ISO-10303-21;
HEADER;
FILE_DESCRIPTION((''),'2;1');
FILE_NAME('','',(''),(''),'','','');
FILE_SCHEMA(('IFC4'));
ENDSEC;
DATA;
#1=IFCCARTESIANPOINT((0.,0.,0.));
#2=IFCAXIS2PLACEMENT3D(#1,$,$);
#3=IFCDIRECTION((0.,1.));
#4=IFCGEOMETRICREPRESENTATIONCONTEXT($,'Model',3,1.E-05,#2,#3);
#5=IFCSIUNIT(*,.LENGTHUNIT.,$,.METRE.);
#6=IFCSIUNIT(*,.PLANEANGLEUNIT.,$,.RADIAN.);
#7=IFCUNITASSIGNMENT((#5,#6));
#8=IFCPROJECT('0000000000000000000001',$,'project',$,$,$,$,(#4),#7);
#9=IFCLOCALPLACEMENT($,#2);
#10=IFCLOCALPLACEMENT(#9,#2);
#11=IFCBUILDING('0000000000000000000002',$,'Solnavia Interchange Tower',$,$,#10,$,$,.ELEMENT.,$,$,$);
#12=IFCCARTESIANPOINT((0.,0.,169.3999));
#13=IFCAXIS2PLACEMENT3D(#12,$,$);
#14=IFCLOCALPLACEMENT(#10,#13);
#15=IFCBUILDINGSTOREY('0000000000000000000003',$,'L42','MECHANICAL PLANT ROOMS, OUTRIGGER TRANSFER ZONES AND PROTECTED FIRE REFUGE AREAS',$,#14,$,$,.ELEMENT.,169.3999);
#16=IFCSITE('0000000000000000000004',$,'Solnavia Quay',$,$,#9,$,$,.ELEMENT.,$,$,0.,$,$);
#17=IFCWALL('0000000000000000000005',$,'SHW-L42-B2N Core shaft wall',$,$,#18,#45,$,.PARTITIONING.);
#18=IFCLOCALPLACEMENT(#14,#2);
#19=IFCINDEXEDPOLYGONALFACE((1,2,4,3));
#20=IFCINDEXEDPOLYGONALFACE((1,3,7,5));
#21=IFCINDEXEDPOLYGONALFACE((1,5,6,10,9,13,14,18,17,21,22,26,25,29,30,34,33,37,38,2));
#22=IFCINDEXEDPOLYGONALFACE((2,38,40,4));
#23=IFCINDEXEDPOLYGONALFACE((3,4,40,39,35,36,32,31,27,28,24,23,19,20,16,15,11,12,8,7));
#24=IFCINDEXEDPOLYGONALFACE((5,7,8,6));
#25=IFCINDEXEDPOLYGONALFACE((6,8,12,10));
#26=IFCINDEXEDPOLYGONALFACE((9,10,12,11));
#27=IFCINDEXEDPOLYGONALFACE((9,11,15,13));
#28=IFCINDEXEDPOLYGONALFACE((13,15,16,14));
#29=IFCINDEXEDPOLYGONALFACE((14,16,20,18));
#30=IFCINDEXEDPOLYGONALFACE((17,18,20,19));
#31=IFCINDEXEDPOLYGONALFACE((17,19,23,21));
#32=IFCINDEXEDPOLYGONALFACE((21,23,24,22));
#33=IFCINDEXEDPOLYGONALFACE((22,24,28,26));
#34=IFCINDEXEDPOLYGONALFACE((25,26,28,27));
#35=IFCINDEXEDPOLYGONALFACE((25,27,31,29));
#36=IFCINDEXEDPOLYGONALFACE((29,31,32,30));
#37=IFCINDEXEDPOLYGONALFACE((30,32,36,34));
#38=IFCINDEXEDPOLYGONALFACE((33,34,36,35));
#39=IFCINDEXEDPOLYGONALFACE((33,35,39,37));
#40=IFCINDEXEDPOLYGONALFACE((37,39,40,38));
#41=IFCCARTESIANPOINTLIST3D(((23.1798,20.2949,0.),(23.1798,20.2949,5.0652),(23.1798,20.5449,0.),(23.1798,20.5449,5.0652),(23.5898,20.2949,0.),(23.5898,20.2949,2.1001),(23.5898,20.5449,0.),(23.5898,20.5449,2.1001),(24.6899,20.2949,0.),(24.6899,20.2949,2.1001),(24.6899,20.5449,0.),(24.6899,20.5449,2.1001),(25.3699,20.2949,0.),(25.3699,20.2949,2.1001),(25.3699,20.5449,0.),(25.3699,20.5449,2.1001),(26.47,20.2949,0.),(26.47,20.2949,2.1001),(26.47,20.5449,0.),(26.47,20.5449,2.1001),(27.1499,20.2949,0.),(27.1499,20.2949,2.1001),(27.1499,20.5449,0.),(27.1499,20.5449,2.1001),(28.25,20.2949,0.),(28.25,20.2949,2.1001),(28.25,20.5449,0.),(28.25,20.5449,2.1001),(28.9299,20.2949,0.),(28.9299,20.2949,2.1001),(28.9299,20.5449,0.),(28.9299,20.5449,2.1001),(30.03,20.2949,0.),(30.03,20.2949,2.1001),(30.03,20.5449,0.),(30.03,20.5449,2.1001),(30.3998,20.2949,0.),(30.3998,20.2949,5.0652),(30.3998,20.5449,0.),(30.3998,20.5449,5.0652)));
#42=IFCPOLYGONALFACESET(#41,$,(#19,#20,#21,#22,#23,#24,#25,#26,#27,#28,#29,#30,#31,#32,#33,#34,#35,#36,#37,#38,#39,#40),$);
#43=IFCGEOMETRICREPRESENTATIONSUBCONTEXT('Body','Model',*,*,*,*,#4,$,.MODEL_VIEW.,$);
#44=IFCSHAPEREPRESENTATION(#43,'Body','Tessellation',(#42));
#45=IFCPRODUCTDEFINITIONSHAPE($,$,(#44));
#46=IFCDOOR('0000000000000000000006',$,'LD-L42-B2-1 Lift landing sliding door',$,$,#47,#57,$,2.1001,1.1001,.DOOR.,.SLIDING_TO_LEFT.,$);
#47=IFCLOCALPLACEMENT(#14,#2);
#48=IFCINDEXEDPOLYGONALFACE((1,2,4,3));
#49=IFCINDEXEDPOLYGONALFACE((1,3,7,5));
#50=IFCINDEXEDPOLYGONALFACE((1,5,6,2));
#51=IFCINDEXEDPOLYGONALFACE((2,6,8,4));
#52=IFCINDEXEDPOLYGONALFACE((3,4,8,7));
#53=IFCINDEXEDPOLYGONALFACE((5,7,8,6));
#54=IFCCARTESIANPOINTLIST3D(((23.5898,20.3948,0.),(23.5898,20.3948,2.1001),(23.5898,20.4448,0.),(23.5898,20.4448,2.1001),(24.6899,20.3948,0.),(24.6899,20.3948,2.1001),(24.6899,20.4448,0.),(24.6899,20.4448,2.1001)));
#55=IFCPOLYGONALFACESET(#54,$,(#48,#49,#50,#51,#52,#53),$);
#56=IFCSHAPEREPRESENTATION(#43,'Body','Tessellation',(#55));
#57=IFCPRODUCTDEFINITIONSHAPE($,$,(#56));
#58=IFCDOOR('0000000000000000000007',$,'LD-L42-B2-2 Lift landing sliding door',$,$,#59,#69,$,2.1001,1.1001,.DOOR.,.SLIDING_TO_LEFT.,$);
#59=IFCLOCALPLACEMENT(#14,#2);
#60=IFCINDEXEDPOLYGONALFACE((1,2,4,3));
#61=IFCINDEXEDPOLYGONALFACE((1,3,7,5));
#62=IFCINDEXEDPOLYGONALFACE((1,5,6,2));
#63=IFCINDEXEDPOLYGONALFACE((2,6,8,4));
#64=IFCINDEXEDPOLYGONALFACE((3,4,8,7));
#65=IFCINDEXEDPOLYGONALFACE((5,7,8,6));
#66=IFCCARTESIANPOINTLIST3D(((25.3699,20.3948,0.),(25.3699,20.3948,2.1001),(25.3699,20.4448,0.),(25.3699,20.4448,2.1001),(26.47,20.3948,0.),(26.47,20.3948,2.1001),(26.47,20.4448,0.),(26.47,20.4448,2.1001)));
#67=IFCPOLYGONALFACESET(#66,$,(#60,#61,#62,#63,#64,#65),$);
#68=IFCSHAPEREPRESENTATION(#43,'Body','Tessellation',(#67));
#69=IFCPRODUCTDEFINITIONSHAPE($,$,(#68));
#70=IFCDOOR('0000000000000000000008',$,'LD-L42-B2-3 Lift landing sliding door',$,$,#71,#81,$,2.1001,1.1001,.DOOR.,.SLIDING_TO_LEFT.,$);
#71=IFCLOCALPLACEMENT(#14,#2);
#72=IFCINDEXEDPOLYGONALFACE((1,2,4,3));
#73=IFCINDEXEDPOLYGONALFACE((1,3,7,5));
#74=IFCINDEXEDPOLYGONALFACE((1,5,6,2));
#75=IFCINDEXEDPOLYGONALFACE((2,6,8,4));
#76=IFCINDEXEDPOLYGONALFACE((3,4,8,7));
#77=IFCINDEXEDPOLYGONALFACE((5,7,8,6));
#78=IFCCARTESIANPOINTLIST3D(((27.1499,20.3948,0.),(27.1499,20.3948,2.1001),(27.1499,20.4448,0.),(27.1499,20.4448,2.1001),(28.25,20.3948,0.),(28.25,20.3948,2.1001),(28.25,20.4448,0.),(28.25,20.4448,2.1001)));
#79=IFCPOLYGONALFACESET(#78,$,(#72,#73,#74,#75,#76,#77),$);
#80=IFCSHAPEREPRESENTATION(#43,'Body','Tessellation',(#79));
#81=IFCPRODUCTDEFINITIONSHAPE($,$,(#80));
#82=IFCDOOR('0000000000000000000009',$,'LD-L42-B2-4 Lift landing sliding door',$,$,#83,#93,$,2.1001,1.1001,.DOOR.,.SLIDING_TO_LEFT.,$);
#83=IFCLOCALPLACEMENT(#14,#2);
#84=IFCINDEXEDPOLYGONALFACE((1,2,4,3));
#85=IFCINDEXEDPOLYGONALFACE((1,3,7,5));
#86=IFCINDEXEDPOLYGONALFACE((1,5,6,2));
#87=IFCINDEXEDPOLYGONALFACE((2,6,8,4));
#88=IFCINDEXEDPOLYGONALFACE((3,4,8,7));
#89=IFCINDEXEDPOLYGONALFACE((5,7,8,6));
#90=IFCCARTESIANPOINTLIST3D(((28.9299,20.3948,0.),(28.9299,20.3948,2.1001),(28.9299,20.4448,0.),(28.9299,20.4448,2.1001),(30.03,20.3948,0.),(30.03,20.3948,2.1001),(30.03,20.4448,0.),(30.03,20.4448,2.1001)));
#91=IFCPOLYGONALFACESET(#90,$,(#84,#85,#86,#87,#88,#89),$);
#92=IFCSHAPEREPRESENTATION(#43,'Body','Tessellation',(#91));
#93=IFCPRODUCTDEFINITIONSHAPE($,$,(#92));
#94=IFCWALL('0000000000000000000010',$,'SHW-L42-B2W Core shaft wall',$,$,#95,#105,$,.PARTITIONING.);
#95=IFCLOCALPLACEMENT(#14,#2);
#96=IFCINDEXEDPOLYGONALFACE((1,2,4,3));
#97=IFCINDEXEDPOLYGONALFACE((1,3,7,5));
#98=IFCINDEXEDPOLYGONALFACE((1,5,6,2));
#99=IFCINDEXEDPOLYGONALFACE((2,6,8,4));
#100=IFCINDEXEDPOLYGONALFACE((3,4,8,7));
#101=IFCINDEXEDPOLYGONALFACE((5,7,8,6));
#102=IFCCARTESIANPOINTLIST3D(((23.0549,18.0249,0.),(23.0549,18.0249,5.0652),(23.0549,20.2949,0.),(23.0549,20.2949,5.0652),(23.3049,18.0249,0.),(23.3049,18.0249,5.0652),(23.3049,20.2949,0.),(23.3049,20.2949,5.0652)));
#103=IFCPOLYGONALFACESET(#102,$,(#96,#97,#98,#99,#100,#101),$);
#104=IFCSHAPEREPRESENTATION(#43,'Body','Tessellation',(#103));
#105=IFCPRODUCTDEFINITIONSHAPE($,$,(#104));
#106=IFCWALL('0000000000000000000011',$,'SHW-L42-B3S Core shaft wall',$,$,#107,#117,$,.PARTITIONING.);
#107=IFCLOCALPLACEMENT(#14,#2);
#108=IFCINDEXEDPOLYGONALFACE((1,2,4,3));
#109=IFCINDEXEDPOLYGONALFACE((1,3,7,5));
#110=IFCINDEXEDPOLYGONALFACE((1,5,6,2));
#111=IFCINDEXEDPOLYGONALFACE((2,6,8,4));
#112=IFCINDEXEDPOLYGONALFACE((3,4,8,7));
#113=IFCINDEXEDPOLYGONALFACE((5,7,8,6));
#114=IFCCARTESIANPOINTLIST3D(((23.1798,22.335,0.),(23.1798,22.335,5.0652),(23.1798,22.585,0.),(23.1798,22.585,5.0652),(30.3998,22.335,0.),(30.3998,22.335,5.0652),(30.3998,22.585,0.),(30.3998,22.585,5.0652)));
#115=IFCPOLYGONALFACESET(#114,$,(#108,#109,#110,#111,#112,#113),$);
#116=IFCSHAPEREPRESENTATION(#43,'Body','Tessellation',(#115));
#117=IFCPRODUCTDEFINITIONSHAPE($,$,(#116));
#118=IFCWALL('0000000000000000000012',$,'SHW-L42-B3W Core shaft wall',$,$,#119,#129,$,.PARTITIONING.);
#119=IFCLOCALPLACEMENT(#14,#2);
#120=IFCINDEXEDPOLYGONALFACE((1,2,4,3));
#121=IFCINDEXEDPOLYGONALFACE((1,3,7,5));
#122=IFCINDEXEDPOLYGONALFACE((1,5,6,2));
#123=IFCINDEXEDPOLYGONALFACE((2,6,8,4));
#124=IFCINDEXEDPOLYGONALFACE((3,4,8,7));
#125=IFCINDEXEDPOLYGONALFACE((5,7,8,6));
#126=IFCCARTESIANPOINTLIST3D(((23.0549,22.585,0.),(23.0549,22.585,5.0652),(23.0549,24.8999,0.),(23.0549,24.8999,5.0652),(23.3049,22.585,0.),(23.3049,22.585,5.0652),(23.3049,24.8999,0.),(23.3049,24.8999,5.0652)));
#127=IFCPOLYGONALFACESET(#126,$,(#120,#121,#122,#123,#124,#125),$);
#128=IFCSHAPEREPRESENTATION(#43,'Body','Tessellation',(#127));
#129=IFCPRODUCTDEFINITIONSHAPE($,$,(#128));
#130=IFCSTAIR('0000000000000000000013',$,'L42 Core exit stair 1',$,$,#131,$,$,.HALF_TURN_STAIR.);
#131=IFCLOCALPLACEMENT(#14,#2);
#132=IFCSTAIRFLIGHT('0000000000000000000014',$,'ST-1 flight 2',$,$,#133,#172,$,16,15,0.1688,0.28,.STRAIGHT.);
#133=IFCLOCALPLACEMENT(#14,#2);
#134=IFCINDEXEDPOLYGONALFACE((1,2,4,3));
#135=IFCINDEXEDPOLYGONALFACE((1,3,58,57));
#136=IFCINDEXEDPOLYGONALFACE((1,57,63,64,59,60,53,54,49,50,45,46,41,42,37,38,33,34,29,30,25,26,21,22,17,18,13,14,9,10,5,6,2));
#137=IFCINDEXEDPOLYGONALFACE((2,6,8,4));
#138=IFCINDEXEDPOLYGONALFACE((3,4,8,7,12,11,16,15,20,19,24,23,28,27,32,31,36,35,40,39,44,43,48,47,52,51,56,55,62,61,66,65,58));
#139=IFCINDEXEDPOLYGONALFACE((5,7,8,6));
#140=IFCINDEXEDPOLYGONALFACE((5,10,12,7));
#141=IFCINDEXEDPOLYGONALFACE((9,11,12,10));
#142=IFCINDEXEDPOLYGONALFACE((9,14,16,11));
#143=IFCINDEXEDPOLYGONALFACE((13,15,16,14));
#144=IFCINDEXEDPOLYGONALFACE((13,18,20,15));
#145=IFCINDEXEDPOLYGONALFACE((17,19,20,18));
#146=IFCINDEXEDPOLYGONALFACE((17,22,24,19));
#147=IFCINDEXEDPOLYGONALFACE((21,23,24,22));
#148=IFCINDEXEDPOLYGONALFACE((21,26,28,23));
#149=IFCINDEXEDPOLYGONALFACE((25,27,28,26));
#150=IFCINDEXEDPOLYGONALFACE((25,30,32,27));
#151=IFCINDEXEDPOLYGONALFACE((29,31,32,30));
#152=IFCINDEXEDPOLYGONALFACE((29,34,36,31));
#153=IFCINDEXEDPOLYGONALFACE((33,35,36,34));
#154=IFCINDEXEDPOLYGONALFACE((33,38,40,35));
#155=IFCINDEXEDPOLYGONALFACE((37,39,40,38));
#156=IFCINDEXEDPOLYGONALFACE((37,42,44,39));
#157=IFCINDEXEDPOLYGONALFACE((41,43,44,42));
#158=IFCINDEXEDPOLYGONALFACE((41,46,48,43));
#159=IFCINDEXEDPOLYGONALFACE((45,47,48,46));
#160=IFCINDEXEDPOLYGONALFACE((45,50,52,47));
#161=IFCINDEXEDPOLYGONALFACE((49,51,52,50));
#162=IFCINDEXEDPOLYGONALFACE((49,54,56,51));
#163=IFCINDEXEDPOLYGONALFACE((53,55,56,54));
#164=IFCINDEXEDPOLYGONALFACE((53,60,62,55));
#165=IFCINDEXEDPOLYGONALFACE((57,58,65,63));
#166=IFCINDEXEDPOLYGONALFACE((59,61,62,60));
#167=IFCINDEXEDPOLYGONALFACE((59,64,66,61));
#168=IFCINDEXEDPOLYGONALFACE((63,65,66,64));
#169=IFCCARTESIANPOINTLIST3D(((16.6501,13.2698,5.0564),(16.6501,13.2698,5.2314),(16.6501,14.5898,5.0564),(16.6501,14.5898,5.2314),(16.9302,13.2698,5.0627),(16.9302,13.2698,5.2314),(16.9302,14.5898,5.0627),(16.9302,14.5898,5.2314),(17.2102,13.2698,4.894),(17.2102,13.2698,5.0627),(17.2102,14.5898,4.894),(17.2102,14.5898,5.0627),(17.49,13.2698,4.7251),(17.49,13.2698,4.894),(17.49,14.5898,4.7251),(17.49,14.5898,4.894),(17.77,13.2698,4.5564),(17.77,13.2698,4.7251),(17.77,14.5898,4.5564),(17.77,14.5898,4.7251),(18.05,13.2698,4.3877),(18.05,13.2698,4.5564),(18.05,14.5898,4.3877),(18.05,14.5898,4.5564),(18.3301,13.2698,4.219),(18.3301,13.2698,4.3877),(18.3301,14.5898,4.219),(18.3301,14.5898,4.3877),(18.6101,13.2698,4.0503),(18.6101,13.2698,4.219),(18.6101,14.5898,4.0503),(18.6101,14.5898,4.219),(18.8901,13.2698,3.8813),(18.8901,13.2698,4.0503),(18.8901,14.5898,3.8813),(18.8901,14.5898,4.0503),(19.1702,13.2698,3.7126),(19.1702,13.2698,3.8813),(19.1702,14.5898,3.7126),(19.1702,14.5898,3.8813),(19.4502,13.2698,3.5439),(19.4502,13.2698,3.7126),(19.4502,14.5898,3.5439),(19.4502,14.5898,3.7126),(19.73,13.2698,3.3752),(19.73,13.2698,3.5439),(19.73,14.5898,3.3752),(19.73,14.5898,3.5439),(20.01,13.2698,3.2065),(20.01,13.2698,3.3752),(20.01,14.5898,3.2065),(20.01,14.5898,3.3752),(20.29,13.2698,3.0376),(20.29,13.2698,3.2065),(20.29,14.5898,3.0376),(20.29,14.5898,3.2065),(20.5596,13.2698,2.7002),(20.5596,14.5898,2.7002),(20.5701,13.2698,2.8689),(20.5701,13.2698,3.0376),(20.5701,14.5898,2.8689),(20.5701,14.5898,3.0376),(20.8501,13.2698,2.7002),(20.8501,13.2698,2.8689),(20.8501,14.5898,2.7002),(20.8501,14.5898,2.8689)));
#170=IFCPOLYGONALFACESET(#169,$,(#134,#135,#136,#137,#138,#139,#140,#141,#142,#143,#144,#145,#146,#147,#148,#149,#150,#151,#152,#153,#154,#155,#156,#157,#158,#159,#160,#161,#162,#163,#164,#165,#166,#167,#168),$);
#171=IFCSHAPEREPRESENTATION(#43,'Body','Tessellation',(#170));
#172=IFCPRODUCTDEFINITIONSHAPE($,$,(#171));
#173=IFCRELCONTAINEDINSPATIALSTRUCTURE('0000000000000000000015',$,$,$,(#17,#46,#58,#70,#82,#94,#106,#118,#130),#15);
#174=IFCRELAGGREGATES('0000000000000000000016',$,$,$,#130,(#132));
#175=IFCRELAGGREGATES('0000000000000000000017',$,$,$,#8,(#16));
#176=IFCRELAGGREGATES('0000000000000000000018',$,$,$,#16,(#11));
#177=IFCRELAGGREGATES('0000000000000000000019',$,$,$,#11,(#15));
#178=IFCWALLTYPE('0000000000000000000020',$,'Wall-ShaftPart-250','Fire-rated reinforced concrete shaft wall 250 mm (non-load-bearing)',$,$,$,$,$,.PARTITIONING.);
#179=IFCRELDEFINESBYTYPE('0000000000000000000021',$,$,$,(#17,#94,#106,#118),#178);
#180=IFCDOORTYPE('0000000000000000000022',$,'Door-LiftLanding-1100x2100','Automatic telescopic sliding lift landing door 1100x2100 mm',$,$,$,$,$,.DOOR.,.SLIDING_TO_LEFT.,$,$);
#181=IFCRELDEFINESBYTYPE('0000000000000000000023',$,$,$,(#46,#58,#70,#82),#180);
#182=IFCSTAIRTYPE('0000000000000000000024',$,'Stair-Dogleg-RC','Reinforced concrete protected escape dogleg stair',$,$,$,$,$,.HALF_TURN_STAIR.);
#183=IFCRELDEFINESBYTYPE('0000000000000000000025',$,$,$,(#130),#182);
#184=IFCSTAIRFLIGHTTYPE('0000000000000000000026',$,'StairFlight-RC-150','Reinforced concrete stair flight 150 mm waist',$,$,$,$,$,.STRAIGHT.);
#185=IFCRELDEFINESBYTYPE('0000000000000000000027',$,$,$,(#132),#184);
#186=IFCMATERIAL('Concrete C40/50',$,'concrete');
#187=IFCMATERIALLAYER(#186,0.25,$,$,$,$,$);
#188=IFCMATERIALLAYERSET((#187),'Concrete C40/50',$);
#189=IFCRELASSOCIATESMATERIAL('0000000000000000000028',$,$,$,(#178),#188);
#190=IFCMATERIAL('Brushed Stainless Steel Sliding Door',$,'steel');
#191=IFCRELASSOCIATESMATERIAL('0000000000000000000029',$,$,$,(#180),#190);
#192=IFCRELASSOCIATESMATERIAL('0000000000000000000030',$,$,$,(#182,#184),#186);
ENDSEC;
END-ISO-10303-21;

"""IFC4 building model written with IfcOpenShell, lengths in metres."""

from ifc_helpers import new_model, si_unit, direction, frame, frame_2d, origin, place, context, subcontext, project, spatial, polyline, rectangle, outline, extrude, material, layer, layer_set, type_object, element, fill, aggregate, save


model = new_model("IFC4")

# Units and contexts
model_context = context("Model", 3, precision=1e-05, world=origin(), true_north=direction((0.0, 1.0)))
body_context = subcontext(model_context, "Body", "Model", "MODEL_VIEW")
ifc_project = project(units=[si_unit("LENGTHUNIT", "METRE"), si_unit("PLANEANGLEUNIT", "RADIAN")], contexts=[model_context])

# Site, building, storey
site_placement = place(None, origin())
site = spatial("IfcSite", under=ifc_project, at=site_placement, Name="Solnavia Quay", CompositionType="ELEMENT", RefElevation=0.0)
building_placement = place(site_placement, origin())
building = spatial("IfcBuilding", under=site, at=building_placement, Name="Solnavia Interchange Tower", CompositionType="ELEMENT")
storey_placement = place(building_placement, frame((0.0, 0.0, 169.3999)))
storey = spatial("IfcBuildingStorey", under=building, at=storey_placement, Name="L42", Description="MECHANICAL PLANT ROOMS, OUTRIGGER TRANSFER ZONES AND PROTECTED FIRE REFUGE AREAS", CompositionType="ELEMENT", Elevation=169.3999)

# Shared definitions
ifc_material_1 = material(Name="Concrete C40/50", Category="concrete")

# Shared definitions
ifc_layer_1 = layer(ifc_material_1, 0.25)
ifc_layer_set_1 = layer_set([ifc_layer_1], Name="Concrete C40/50")
wall_type_1 = type_object("IfcWallType", Name="Wall-ShaftPart-250", Description="Fire-rated reinforced concrete shaft wall 250 mm (non-load-bearing)", PredefinedType="PARTITIONING", material=ifc_layer_set_1)
ifc_material_2 = material(Name="Brushed Stainless Steel Sliding Door", Category="steel")
door_type_1 = type_object("IfcDoorType", Name="Door-LiftLanding-1100x2100", Description="Automatic telescopic sliding lift landing door 1100x2100 mm", OperationType="SLIDING_TO_LEFT", PredefinedType="DOOR", material=ifc_material_2)

# Wall, openings, doors
wall_1_placement = place(storey_placement, frame((23.1799, 20.4199, 0.0), z_axis=(0.0, 0.0, 1.0), x_axis=(1.0, 0.0, 0.0)))
wall_1 = element("IfcWall", 1, at=wall_1_placement, inside=storey, type_object=wall_type_1, Name="SHW-L42-B2N Core shaft wall", PredefinedType="PARTITIONING", context=body_context, shape_type="SweptSolid", body=[
    extrude(rectangle(XDim=7.22, YDim=0.25, at=frame_2d((3.6099, 0.0))), origin(), (0.0, 0.0, 1.0), 5.0652),
])
opening_1_placement = place(wall_1_placement, frame((0.4099, 0.0, 0.0)))
opening_1 = element("IfcOpeningElement", 2, at=opening_1_placement, cuts=wall_1, PredefinedType="OPENING", context=body_context, shape_type="SweptSolid", body=[
    extrude(rectangle(XDim=1.1001, YDim=2.1001, at=frame_2d((0.55, 1.05))), frame((0.0, 0.135, 0.0), z_axis=(0.0, -1.0, 0.0), x_axis=(1.0, 0.0, 0.0)), (0.0, 0.0, 1.0), 0.27),
])
opening_2_placement = place(wall_1_placement, frame((2.1899, 0.0, 0.0)))
opening_2 = element("IfcOpeningElement", 3, at=opening_2_placement, cuts=wall_1, PredefinedType="OPENING", context=body_context, shape_type="SweptSolid", body=[
    extrude(rectangle(XDim=1.1001, YDim=2.1001, at=frame_2d((0.55, 1.05))), frame((0.0, 0.135, 0.0), z_axis=(0.0, -1.0, 0.0), x_axis=(1.0, 0.0, 0.0)), (0.0, 0.0, 1.0), 0.27),
])
opening_3_placement = place(wall_1_placement, frame((3.97, 0.0, 0.0)))
opening_3 = element("IfcOpeningElement", 4, at=opening_3_placement, cuts=wall_1, PredefinedType="OPENING", context=body_context, shape_type="SweptSolid", body=[
    extrude(rectangle(XDim=1.1001, YDim=2.1001, at=frame_2d((0.55, 1.05))), frame((0.0, 0.135, 0.0), z_axis=(0.0, -1.0, 0.0), x_axis=(1.0, 0.0, 0.0)), (0.0, 0.0, 1.0), 0.27),
])
opening_4_placement = place(wall_1_placement, frame((5.75, 0.0, 0.0)))
opening_4 = element("IfcOpeningElement", 5, at=opening_4_placement, cuts=wall_1, PredefinedType="OPENING", context=body_context, shape_type="SweptSolid", body=[
    extrude(rectangle(XDim=1.1001, YDim=2.1001, at=frame_2d((0.55, 1.05))), frame((0.0, 0.135, 0.0), z_axis=(0.0, -1.0, 0.0), x_axis=(1.0, 0.0, 0.0)), (0.0, 0.0, 1.0), 0.27),
])
door_1_placement = place(opening_1_placement, origin())
door_1 = element("IfcDoor", 6, at=door_1_placement, inside=storey, type_object=door_type_1, Name="LD-L42-B2-1 Lift landing sliding door", OperationType="SLIDING_TO_LEFT", OverallHeight=2.1001, OverallWidth=1.1001, PredefinedType="DOOR", context=body_context, shape_type="SweptSolid", body=[
    extrude(rectangle(XDim=1.1001, YDim=2.1001, at=frame_2d((0.55, 1.05))), frame((0.0, 0.0249, 0.0), z_axis=(0.0, -1.0, 0.0), x_axis=(1.0, 0.0, 0.0)), (0.0, 0.0, 1.0), 0.05),
])
fill(opening_1, door_1)
door_2_placement = place(opening_2_placement, origin())
door_2 = element("IfcDoor", 7, at=door_2_placement, inside=storey, type_object=door_type_1, Name="LD-L42-B2-2 Lift landing sliding door", OperationType="SLIDING_TO_LEFT", OverallHeight=2.1001, OverallWidth=1.1001, PredefinedType="DOOR", context=body_context, shape_type="SweptSolid", body=[
    extrude(rectangle(XDim=1.1001, YDim=2.1001, at=frame_2d((0.55, 1.05))), frame((0.0, 0.0249, 0.0), z_axis=(0.0, -1.0, 0.0), x_axis=(1.0, 0.0, 0.0)), (0.0, 0.0, 1.0), 0.05),
])
fill(opening_2, door_2)
door_3_placement = place(opening_3_placement, origin())
door_3 = element("IfcDoor", 8, at=door_3_placement, inside=storey, type_object=door_type_1, Name="LD-L42-B2-3 Lift landing sliding door", OperationType="SLIDING_TO_LEFT", OverallHeight=2.1001, OverallWidth=1.1001, PredefinedType="DOOR", context=body_context, shape_type="SweptSolid", body=[
    extrude(rectangle(XDim=1.1001, YDim=2.1001, at=frame_2d((0.55, 1.05))), frame((0.0, 0.0249, 0.0), z_axis=(0.0, -1.0, 0.0), x_axis=(1.0, 0.0, 0.0)), (0.0, 0.0, 1.0), 0.05),
])
fill(opening_3, door_3)
door_4_placement = place(opening_4_placement, origin())
door_4 = element("IfcDoor", 9, at=door_4_placement, inside=storey, type_object=door_type_1, Name="LD-L42-B2-4 Lift landing sliding door", OperationType="SLIDING_TO_LEFT", OverallHeight=2.1001, OverallWidth=1.1001, PredefinedType="DOOR", context=body_context, shape_type="SweptSolid", body=[
    extrude(rectangle(XDim=1.1001, YDim=2.1001, at=frame_2d((0.55, 1.05))), frame((0.0, 0.0249, 0.0), z_axis=(0.0, -1.0, 0.0), x_axis=(1.0, 0.0, 0.0)), (0.0, 0.0, 1.0), 0.05),
])
fill(opening_4, door_4)

# Walls
wall_2_placement = place(storey_placement, frame((23.1799, 18.0249, 0.0), z_axis=(0.0, 0.0, 1.0), x_axis=(0.0, 1.0, 0.0)))
element("IfcWall", 10, at=wall_2_placement, inside=storey, type_object=wall_type_1, Name="SHW-L42-B2W Core shaft wall", PredefinedType="PARTITIONING", context=body_context, shape_type="SweptSolid", body=[
    extrude(rectangle(XDim=2.27, YDim=0.25, at=frame_2d((1.135, 0.0))), origin(), (0.0, 0.0, 1.0), 5.0652),
])
wall_3_placement = place(storey_placement, frame((23.1799, 22.46, 0.0), z_axis=(0.0, 0.0, 1.0), x_axis=(1.0, 0.0, 0.0)))
element("IfcWall", 11, at=wall_3_placement, inside=storey, type_object=wall_type_1, Name="SHW-L42-B3S Core shaft wall", PredefinedType="PARTITIONING", context=body_context, shape_type="SweptSolid", body=[
    extrude(rectangle(XDim=7.22, YDim=0.25, at=frame_2d((3.6099, 0.0))), origin(), (0.0, 0.0, 1.0), 5.0652),
])
wall_4_placement = place(storey_placement, frame((23.1799, 22.585, 0.0), z_axis=(0.0, 0.0, 1.0), x_axis=(0.0, 1.0, 0.0)))
element("IfcWall", 12, at=wall_4_placement, inside=storey, type_object=wall_type_1, Name="SHW-L42-B3W Core shaft wall", PredefinedType="PARTITIONING", context=body_context, shape_type="SweptSolid", body=[
    extrude(rectangle(XDim=2.3149, YDim=0.25, at=frame_2d((1.1575, 0.0))), origin(), (0.0, 0.0, 1.0), 5.0652),
])

# Stair, stair flight
stair_type = type_object("IfcStairType", Name="Stair-Dogleg-RC", Description="Reinforced concrete protected escape dogleg stair", PredefinedType="HALF_TURN_STAIR", material=ifc_material_1)
stair_1_placement = place(storey_placement, origin())
stair_1 = element("IfcStair", 13, at=stair_1_placement, inside=storey, type_object=stair_type, Name="L42 Core exit stair 1", PredefinedType="HALF_TURN_STAIR")
stair_flight_type = type_object("IfcStairFlightType", Name="StairFlight-RC-150", Description="Reinforced concrete stair flight 150 mm waist", PredefinedType="STRAIGHT", material=ifc_material_1)
stair_flight_1_placement = place(storey_placement, frame((20.8501, 13.9299, 2.7002), z_axis=(0.0, 0.0, 1.0), x_axis=(-1.0, 0.0, 0.0)))
stair_flight_1 = element("IfcStairFlight", 14, at=stair_flight_1_placement, type_object=stair_flight_type, Name="ST-1 flight 2", NumberOfRisers=16, NumberOfTreads=15, PredefinedType="STRAIGHT", RiserHeight=0.1688, TreadLength=0.28, context=body_context, shape_type="SweptSolid", body=[
    extrude(outline(polyline([(0.0, 0.0), (0.0, 0.1687), (0.28, 0.1687), (0.28, 0.3374), (0.5601, 0.3374), (0.5601, 0.5063), (0.8401, 0.5063), (0.8401, 0.675), (1.1201, 0.675), (1.1201, 0.8438), (1.3999, 0.8438), (1.3999, 1.0125), (1.6799, 1.0125), (1.6799, 1.1812), (1.96, 1.1812), (1.96, 1.3501), (2.24, 1.3501), (2.24, 1.5188), (2.52, 1.5188), (2.52, 1.6875), (2.8, 1.6875), (2.8, 1.8562), (3.0801, 1.8562), (3.0801, 2.0249), (3.3601, 2.0249), (3.3601, 2.1938), (3.6399, 2.1938), (3.6399, 2.3625), (3.9199, 2.3625), (3.9199, 2.5312), (4.2, 2.5312), (4.2, 2.7), (4.2, 2.3562), (0.2905, 0.0), (0.0, 0.0)])), frame((0.0, 0.6602, 0.0), z_axis=(0.0, -1.0, 0.0), x_axis=(1.0, 0.0, 0.0)), (0.0, 0.0, 1.0), 1.3201),
])
aggregate(stair_1, [stair_flight_1])

save(model, "model.ifc")
